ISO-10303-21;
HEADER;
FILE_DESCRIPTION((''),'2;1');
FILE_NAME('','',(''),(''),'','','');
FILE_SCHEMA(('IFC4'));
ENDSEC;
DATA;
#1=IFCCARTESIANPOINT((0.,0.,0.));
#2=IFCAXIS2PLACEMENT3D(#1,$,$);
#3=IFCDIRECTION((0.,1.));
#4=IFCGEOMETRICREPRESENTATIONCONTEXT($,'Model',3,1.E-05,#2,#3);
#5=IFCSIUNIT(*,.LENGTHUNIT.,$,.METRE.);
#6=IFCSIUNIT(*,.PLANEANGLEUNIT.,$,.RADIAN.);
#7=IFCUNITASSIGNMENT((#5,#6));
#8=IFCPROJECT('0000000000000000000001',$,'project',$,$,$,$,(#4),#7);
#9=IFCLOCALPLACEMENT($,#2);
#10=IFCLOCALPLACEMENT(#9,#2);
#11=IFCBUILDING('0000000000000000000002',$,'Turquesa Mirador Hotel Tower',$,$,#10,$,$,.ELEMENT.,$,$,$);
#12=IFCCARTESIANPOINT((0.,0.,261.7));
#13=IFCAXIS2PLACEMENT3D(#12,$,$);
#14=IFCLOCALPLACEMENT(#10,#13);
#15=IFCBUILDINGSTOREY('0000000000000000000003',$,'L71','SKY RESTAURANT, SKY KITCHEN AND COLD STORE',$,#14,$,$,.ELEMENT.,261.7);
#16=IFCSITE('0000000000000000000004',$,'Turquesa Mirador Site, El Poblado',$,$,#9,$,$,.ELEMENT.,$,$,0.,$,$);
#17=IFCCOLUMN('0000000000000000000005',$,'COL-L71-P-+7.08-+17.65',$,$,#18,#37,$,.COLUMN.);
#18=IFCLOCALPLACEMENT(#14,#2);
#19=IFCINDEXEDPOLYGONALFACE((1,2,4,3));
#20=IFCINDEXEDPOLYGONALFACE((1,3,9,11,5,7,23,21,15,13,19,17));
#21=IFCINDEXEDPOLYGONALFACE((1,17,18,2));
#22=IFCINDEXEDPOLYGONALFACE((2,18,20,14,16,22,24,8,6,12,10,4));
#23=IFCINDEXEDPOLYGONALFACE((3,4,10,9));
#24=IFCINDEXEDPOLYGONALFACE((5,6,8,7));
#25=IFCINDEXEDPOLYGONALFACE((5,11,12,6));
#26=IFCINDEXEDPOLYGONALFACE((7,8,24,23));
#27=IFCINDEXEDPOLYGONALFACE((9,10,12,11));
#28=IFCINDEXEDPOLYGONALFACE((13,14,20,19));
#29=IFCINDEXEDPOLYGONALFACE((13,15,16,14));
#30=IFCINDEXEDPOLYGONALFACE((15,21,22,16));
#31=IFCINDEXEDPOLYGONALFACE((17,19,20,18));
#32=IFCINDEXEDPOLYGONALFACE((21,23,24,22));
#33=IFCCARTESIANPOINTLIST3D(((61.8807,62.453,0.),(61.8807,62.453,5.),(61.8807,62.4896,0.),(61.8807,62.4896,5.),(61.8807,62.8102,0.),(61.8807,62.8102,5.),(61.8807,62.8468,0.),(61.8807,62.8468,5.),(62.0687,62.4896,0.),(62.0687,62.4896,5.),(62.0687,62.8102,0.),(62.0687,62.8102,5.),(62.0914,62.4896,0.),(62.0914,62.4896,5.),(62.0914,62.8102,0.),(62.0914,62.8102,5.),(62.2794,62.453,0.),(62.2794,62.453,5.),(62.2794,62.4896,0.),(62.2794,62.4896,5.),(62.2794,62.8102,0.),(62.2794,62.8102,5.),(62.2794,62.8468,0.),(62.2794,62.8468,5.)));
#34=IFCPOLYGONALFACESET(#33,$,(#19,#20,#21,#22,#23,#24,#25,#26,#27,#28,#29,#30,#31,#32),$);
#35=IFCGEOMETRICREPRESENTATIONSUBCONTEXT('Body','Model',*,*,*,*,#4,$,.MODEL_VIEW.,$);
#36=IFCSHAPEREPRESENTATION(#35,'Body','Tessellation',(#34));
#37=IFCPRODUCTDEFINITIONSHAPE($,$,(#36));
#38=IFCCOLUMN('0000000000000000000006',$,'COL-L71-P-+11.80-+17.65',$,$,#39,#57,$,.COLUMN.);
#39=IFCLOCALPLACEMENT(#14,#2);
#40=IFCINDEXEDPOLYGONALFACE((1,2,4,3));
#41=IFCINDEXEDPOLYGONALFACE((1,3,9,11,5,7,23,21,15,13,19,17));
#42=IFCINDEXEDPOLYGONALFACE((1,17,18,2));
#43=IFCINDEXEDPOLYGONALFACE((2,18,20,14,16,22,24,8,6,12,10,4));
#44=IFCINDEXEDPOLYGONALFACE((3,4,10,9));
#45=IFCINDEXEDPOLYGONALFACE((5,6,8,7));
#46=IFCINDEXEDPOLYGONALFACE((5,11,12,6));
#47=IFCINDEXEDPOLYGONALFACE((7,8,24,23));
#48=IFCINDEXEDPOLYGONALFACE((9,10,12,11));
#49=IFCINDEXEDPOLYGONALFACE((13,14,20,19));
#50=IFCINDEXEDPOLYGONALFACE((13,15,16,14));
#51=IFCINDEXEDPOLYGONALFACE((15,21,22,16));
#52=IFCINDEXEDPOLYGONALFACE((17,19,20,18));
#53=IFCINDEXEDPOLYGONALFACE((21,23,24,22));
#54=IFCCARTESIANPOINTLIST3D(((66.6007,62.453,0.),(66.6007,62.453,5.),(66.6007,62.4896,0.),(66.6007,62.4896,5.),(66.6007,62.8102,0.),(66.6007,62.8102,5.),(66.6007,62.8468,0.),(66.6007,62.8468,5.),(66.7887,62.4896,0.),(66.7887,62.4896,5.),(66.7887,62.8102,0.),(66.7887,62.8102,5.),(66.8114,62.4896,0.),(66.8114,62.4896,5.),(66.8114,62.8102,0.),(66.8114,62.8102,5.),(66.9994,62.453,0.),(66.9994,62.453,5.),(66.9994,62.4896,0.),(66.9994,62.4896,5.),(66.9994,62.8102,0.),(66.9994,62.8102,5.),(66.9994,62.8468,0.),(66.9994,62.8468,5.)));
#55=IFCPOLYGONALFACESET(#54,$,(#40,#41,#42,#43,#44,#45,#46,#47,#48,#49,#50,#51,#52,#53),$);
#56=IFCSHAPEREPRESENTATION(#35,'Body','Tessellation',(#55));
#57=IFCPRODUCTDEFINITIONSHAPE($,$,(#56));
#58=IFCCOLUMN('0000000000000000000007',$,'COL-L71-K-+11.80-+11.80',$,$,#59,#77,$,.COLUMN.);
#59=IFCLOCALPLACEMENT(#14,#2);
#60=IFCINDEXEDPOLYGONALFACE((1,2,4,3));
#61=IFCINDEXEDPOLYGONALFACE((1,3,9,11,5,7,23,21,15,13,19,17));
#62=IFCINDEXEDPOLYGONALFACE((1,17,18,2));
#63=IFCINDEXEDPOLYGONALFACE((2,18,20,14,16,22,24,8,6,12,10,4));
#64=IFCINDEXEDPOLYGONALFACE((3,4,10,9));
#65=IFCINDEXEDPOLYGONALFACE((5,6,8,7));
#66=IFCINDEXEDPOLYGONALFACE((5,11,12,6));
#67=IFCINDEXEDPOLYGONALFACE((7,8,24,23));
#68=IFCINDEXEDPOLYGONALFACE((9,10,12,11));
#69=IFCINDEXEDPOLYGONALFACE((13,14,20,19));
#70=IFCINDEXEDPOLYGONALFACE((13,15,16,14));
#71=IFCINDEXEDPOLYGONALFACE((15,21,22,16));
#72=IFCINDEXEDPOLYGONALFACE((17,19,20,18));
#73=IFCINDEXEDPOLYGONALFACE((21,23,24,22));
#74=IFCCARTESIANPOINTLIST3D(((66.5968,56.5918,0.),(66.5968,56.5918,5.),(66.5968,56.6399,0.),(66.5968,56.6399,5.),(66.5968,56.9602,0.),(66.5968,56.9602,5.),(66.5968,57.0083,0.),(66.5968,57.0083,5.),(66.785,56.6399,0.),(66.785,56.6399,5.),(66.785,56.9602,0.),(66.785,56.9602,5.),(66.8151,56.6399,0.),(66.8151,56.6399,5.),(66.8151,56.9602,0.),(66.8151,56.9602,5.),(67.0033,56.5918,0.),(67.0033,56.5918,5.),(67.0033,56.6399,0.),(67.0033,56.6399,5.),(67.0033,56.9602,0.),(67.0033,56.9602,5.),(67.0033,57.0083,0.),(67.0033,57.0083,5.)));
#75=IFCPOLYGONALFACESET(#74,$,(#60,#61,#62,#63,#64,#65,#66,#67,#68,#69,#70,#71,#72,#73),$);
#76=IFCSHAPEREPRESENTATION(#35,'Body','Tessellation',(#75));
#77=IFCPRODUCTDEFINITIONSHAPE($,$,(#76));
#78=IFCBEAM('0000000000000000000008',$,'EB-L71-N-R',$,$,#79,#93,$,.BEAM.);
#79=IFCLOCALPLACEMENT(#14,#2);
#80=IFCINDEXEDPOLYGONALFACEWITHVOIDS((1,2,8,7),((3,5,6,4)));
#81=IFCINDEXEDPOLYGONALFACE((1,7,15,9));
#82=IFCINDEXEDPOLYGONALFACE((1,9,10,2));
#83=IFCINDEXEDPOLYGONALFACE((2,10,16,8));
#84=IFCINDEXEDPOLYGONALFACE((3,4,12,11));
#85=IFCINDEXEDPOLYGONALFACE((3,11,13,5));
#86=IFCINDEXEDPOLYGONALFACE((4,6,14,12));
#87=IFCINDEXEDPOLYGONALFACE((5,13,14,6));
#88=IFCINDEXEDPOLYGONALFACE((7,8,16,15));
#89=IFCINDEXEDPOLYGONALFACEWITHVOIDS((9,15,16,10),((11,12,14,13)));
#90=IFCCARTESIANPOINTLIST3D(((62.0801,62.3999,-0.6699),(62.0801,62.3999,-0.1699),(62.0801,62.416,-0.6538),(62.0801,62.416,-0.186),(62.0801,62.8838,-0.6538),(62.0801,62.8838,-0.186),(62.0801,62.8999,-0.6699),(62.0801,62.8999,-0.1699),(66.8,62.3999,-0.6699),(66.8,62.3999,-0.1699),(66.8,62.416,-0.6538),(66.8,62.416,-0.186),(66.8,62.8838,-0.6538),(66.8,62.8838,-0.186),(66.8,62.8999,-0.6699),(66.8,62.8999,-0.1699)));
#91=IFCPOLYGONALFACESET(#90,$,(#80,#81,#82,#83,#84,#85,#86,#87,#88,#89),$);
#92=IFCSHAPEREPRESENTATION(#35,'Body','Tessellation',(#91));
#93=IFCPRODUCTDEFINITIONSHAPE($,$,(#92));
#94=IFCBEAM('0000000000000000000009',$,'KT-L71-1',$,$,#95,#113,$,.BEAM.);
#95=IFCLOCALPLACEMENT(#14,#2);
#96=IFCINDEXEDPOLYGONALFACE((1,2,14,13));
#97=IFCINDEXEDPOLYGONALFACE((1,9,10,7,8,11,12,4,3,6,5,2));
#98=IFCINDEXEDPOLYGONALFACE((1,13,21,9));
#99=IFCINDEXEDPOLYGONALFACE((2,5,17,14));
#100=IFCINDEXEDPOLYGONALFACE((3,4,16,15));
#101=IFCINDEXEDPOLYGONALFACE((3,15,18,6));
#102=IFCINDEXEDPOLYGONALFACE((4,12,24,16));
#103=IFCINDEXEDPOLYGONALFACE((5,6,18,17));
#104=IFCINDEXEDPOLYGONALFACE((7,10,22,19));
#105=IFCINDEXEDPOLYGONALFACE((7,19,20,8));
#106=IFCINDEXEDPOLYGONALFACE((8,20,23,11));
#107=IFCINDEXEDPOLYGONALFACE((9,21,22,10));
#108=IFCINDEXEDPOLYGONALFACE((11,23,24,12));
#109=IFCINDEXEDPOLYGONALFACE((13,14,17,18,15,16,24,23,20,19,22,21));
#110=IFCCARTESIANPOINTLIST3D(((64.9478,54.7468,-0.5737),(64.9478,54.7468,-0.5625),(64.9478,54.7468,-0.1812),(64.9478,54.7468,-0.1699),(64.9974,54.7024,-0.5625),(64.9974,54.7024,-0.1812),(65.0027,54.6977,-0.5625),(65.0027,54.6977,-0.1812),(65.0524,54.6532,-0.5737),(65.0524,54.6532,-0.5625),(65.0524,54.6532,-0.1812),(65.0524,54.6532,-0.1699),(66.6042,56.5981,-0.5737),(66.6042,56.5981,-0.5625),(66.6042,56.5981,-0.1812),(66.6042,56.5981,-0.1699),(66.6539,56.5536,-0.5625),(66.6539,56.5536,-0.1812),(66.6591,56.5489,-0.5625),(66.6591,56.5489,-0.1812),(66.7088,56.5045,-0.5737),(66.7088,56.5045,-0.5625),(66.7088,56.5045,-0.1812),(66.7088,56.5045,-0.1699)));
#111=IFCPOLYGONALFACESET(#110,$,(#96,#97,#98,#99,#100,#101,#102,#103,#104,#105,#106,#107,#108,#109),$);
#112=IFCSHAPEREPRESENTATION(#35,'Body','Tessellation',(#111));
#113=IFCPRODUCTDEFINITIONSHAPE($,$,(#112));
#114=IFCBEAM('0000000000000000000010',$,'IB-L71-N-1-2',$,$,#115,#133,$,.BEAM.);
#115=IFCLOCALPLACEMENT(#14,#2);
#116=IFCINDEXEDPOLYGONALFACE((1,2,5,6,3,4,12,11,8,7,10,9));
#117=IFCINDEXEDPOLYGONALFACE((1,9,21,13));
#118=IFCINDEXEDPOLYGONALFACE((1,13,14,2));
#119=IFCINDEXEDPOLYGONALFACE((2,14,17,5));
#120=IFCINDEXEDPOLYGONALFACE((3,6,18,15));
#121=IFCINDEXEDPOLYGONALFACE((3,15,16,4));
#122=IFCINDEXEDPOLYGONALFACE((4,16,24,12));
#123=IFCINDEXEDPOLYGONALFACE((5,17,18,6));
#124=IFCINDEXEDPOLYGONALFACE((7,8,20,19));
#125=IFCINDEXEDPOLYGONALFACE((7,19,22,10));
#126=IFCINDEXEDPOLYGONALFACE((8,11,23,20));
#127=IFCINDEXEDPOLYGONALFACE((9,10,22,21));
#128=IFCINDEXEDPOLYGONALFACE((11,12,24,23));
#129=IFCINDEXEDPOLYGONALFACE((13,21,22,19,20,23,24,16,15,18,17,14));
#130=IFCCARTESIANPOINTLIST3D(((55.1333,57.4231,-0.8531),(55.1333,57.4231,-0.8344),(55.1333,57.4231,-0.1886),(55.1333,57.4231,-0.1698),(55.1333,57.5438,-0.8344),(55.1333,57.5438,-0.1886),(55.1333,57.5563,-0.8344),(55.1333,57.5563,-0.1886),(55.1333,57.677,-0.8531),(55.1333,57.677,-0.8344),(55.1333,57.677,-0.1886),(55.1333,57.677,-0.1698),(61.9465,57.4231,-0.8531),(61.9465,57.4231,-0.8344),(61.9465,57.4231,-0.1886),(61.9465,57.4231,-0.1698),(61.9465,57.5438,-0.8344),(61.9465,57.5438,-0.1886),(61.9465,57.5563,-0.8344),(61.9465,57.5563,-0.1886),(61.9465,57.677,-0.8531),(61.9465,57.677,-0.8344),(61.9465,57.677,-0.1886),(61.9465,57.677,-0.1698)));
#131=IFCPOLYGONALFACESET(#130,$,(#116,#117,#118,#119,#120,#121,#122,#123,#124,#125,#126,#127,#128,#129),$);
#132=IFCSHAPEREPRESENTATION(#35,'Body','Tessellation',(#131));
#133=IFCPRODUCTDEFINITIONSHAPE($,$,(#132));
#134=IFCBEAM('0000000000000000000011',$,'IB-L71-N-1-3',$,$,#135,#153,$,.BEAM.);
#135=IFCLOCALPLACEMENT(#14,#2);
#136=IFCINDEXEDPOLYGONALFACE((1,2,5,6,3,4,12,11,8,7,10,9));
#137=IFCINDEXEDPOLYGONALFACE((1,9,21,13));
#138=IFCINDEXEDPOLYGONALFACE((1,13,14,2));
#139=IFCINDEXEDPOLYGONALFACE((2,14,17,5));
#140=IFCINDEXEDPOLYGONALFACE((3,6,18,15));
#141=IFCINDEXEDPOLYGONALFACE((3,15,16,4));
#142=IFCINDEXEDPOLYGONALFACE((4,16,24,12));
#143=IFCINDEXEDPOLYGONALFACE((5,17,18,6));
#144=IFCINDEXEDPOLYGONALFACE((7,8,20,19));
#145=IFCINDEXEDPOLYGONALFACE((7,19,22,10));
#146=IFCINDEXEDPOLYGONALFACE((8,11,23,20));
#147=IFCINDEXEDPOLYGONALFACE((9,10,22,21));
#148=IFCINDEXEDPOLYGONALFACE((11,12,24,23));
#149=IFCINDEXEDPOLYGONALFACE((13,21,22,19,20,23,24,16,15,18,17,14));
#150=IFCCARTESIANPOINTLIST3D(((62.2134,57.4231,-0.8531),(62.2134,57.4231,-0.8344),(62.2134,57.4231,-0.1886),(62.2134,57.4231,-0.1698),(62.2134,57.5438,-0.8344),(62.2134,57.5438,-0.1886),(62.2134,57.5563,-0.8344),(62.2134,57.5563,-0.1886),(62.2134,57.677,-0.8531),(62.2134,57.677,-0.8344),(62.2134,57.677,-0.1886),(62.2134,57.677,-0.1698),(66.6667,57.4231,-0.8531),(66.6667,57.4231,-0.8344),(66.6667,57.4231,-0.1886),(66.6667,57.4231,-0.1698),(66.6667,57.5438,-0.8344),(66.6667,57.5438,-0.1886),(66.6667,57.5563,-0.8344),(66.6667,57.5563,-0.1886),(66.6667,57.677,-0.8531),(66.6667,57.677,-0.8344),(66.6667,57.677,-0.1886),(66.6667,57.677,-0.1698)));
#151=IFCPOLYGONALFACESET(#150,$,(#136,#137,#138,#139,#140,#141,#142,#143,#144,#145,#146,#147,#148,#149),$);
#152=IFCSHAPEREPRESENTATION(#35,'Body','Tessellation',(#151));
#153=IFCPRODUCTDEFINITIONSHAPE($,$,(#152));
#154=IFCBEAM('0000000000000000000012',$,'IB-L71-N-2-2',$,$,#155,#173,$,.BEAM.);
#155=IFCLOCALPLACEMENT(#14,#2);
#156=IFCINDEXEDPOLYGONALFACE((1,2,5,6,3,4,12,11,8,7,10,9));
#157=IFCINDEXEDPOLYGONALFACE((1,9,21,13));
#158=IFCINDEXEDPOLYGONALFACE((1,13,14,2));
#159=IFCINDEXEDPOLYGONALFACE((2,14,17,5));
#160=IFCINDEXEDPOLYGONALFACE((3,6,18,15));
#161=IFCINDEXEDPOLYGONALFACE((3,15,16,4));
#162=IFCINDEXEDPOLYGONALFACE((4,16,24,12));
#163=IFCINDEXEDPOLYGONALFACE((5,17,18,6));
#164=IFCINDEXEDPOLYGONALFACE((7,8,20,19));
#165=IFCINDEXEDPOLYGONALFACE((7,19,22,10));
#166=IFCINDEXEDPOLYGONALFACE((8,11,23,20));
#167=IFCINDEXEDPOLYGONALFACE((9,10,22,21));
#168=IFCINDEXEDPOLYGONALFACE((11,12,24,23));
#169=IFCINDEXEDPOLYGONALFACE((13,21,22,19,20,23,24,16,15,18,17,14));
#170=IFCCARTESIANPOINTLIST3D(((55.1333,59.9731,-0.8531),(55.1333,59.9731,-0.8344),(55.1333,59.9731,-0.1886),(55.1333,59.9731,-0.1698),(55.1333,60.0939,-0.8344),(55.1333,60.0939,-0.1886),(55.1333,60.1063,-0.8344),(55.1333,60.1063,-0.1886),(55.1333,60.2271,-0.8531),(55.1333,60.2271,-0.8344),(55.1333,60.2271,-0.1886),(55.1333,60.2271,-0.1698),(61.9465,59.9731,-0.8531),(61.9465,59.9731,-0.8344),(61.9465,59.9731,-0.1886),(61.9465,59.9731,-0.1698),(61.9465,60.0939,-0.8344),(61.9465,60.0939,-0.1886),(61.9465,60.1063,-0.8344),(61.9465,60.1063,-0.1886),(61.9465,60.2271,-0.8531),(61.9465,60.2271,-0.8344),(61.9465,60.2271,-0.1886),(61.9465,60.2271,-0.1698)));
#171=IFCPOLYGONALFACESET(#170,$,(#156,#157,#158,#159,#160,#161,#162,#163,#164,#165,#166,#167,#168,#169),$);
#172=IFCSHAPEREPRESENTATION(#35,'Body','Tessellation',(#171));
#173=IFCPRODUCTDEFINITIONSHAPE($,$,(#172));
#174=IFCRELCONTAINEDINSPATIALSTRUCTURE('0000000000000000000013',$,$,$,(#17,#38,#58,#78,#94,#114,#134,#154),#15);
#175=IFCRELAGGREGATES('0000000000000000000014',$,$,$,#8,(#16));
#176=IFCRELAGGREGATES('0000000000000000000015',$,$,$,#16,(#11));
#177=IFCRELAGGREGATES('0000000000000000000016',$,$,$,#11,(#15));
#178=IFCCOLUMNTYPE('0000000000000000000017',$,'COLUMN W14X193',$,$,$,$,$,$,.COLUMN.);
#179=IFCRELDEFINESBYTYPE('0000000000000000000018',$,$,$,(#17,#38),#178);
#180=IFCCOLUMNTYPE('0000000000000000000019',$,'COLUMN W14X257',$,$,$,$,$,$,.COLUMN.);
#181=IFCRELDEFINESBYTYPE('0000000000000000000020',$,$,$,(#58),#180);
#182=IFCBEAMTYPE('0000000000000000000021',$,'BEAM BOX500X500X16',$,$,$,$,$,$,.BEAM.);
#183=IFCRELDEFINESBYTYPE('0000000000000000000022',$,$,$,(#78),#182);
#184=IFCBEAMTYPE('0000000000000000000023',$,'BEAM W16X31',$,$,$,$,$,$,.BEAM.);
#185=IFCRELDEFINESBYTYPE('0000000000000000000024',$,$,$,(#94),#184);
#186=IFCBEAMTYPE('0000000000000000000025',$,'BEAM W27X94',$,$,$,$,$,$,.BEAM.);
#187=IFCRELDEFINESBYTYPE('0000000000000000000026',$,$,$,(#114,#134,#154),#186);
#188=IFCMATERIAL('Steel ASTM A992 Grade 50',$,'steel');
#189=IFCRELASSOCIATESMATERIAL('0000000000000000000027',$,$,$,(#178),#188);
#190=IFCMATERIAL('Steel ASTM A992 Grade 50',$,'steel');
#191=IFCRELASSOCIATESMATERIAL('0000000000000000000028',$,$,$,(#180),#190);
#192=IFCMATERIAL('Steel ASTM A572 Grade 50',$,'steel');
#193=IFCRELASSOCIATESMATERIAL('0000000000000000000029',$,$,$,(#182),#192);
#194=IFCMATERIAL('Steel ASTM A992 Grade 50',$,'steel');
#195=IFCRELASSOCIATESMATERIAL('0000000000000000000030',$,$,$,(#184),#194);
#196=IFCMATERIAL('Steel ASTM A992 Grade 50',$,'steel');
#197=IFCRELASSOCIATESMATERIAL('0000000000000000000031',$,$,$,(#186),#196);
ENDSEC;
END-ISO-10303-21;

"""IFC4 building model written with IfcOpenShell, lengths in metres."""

from ifc_helpers import new_model, si_unit, direction, frame, origin, origin_2d, place, context, subcontext, project, spatial, hollow_rectangle, i_section, extrude, material, material_profile, profile_set, type_object, element, save


model = new_model("IFC4")

# Units and contexts
model_context = context("Model", 3, precision=1e-05, world=origin(), true_north=direction((0.0, 1.0)))
body_context = subcontext(model_context, "Body", "Model", "MODEL_VIEW")
ifc_project = project(units=[si_unit("LENGTHUNIT", "METRE"), si_unit("PLANEANGLEUNIT", "RADIAN")], contexts=[model_context])

# Site, building, storey
site_placement = place(None, origin())
site = spatial("IfcSite", under=ifc_project, at=site_placement, Name="Turquesa Mirador Site, El Poblado", CompositionType="ELEMENT", RefElevation=0.0)
building_placement = place(site_placement, origin())
building = spatial("IfcBuilding", under=site, at=building_placement, Name="Turquesa Mirador Hotel Tower", CompositionType="ELEMENT")
storey_placement = place(building_placement, frame((0.0, 0.0, 261.7)))
storey = spatial("IfcBuildingStorey", under=building, at=storey_placement, Name="L71", Description="SKY RESTAURANT, SKY KITCHEN AND COLD STORE", CompositionType="ELEMENT", Elevation=261.7)

# Columns
ifc_material_1 = material(Name="Steel ASTM A992 Grade 50", Category="steel")
ifc_material_profile_1 = material_profile(ifc_material_1, i_section(OverallWidth=0.3987, OverallDepth=0.3938, WebThickness=0.0227, FlangeThickness=0.0366, at=origin_2d()), Name="W14X193")
ifc_profile_set_1 = profile_set([ifc_material_profile_1], Name="Steel ASTM A992 Grade 50")
column_type_1 = type_object("IfcColumnType", Name="COLUMN W14X193", PredefinedType="COLUMN", material=ifc_profile_set_1)
for number, where, z_axis, x_axis, name in (
    (1, (62.0801, 62.6499, 0.0), (0.0, 0.0, 1.0), (1.0, 0.0, 0.0), "COL-L71-P-+7.08-+17.65"),
    (2, (66.8, 62.6499, 0.0), (0.0, 0.0, 1.0), (1.0, 0.0, 0.0), "COL-L71-P-+11.80-+17.65"),
):
    element("IfcColumn", number, at=place(storey_placement, frame(where, z_axis=z_axis, x_axis=x_axis)), inside=storey, type_object=column_type_1, Name=name, PredefinedType="COLUMN", context=body_context, shape_type="SweptSolid", body=[
        extrude(i_section(OverallWidth=0.3987, OverallDepth=0.3938, WebThickness=0.0227, FlangeThickness=0.0366, at=origin_2d()), origin(), (0.0, 0.0, 1.0), 5.0),
    ])
ifc_material_2 = material(Name="Steel ASTM A992 Grade 50", Category="steel")
ifc_material_profile_2 = material_profile(ifc_material_2, i_section(OverallWidth=0.4065, OverallDepth=0.4165, WebThickness=0.03, FlangeThickness=0.0481, at=origin_2d()), Name="W14X257")
ifc_profile_set_2 = profile_set([ifc_material_profile_2], Name="Steel ASTM A992 Grade 50")
column_type_2 = type_object("IfcColumnType", Name="COLUMN W14X257", PredefinedType="COLUMN", material=ifc_profile_set_2)
column_placement = place(storey_placement, frame((66.8, 56.8, 0.0), z_axis=(0.0, 0.0, 1.0), x_axis=(1.0, 0.0, 0.0)))
element("IfcColumn", 3, at=column_placement, inside=storey, type_object=column_type_2, Name="COL-L71-K-+11.80-+11.80", PredefinedType="COLUMN", context=body_context, shape_type="SweptSolid", body=[
    extrude(i_section(OverallWidth=0.4065, OverallDepth=0.4165, WebThickness=0.03, FlangeThickness=0.0481, at=origin_2d()), origin(), (0.0, 0.0, 1.0), 5.0),
])

# Beams
ifc_material_3 = material(Name="Steel ASTM A572 Grade 50", Category="steel")
ifc_material_profile_3 = material_profile(ifc_material_3, hollow_rectangle(XDim=0.5, YDim=0.5, WallThickness=0.0161, at=origin_2d()), Name="BOX500X500X16")
ifc_profile_set_3 = profile_set([ifc_material_profile_3], Name="Steel ASTM A572 Grade 50")
beam_type_1 = type_object("IfcBeamType", Name="BEAM BOX500X500X16", PredefinedType="BEAM", material=ifc_profile_set_3)
beam_1_placement = place(storey_placement, frame((62.0801, 62.6499, -0.4199), z_axis=(1.0, 0.0, 0.0), x_axis=(0.0, 1.0, 0.0)))
element("IfcBeam", 4, at=beam_1_placement, inside=storey, type_object=beam_type_1, Name="EB-L71-N-R", PredefinedType="BEAM", context=body_context, shape_type="SweptSolid", body=[
    extrude(hollow_rectangle(XDim=0.5, YDim=0.5, WallThickness=0.0161, at=origin_2d()), origin(), (0.0, 0.0, 1.0), 4.72),
])
ifc_material_4 = material(Name="Steel ASTM A992 Grade 50", Category="steel")
ifc_material_profile_4 = material_profile(ifc_material_4, i_section(OverallWidth=0.1404, OverallDepth=0.4038, WebThickness=0.0071, FlangeThickness=0.0112, at=origin_2d()), Name="W16X31")
ifc_profile_set_4 = profile_set([ifc_material_profile_4], Name="Steel ASTM A992 Grade 50")
beam_type_2 = type_object("IfcBeamType", Name="BEAM W16X31", PredefinedType="BEAM", material=ifc_profile_set_4)
beam_2_placement = place(storey_placement, frame((66.6565, 56.5513, -0.3718), z_axis=(-0.666806, -0.745231, 0.0), x_axis=(0.745231, -0.666806, 0.0)))
element("IfcBeam", 5, at=beam_2_placement, inside=storey, type_object=beam_type_2, Name="KT-L71-1", PredefinedType="BEAM", context=body_context, shape_type="SweptSolid", body=[
    extrude(i_section(OverallWidth=0.1404, OverallDepth=0.4038, WebThickness=0.0071, FlangeThickness=0.0112, at=origin_2d()), origin(), (0.0, 0.0, 1.0), 2.4841),
])
ifc_material_5 = material(Name="Steel ASTM A992 Grade 50", Category="steel")
ifc_material_profile_5 = material_profile(ifc_material_5, i_section(OverallWidth=0.2539, OverallDepth=0.6833, WebThickness=0.0125, FlangeThickness=0.0188, at=origin_2d()), Name="W27X94")
ifc_profile_set_5 = profile_set([ifc_material_profile_5], Name="Steel ASTM A992 Grade 50")
beam_type_3 = type_object("IfcBeamType", Name="BEAM W27X94", PredefinedType="BEAM", material=ifc_profile_set_5)
beam_3_placement = place(storey_placement, frame((55.1333, 57.55, -0.5115), z_axis=(1.0, 0.0, 0.0), x_axis=(0.0, 1.0, 0.0)))
element("IfcBeam", 6, at=beam_3_placement, inside=storey, type_object=beam_type_3, Name="IB-L71-N-1-2", PredefinedType="BEAM", context=body_context, shape_type="SweptSolid", body=[
    extrude(i_section(OverallWidth=0.2539, OverallDepth=0.6833, WebThickness=0.0125, FlangeThickness=0.0188, at=origin_2d()), origin(), (0.0, 0.0, 1.0), 6.8132),
])
beam_4_placement = place(storey_placement, frame((62.2134, 57.55, -0.5115), z_axis=(1.0, 0.0, 0.0), x_axis=(0.0, 1.0, 0.0)))
element("IfcBeam", 7, at=beam_4_placement, inside=storey, type_object=beam_type_3, Name="IB-L71-N-1-3", PredefinedType="BEAM", context=body_context, shape_type="SweptSolid", body=[
    extrude(i_section(OverallWidth=0.2539, OverallDepth=0.6833, WebThickness=0.0125, FlangeThickness=0.0188, at=origin_2d()), origin(), (0.0, 0.0, 1.0), 4.4534),
])
beam_5_placement = place(storey_placement, frame((55.1333, 60.1001, -0.5115), z_axis=(1.0, 0.0, 0.0), x_axis=(0.0, 1.0, 0.0)))
element("IfcBeam", 8, at=beam_5_placement, inside=storey, type_object=beam_type_3, Name="IB-L71-N-2-2", PredefinedType="BEAM", context=body_context, shape_type="SweptSolid", body=[
    extrude(i_section(OverallWidth=0.2539, OverallDepth=0.6833, WebThickness=0.0125, FlangeThickness=0.0188, at=origin_2d()), origin(), (0.0, 0.0, 1.0), 6.8132),
])

save(model, "model.ifc")
